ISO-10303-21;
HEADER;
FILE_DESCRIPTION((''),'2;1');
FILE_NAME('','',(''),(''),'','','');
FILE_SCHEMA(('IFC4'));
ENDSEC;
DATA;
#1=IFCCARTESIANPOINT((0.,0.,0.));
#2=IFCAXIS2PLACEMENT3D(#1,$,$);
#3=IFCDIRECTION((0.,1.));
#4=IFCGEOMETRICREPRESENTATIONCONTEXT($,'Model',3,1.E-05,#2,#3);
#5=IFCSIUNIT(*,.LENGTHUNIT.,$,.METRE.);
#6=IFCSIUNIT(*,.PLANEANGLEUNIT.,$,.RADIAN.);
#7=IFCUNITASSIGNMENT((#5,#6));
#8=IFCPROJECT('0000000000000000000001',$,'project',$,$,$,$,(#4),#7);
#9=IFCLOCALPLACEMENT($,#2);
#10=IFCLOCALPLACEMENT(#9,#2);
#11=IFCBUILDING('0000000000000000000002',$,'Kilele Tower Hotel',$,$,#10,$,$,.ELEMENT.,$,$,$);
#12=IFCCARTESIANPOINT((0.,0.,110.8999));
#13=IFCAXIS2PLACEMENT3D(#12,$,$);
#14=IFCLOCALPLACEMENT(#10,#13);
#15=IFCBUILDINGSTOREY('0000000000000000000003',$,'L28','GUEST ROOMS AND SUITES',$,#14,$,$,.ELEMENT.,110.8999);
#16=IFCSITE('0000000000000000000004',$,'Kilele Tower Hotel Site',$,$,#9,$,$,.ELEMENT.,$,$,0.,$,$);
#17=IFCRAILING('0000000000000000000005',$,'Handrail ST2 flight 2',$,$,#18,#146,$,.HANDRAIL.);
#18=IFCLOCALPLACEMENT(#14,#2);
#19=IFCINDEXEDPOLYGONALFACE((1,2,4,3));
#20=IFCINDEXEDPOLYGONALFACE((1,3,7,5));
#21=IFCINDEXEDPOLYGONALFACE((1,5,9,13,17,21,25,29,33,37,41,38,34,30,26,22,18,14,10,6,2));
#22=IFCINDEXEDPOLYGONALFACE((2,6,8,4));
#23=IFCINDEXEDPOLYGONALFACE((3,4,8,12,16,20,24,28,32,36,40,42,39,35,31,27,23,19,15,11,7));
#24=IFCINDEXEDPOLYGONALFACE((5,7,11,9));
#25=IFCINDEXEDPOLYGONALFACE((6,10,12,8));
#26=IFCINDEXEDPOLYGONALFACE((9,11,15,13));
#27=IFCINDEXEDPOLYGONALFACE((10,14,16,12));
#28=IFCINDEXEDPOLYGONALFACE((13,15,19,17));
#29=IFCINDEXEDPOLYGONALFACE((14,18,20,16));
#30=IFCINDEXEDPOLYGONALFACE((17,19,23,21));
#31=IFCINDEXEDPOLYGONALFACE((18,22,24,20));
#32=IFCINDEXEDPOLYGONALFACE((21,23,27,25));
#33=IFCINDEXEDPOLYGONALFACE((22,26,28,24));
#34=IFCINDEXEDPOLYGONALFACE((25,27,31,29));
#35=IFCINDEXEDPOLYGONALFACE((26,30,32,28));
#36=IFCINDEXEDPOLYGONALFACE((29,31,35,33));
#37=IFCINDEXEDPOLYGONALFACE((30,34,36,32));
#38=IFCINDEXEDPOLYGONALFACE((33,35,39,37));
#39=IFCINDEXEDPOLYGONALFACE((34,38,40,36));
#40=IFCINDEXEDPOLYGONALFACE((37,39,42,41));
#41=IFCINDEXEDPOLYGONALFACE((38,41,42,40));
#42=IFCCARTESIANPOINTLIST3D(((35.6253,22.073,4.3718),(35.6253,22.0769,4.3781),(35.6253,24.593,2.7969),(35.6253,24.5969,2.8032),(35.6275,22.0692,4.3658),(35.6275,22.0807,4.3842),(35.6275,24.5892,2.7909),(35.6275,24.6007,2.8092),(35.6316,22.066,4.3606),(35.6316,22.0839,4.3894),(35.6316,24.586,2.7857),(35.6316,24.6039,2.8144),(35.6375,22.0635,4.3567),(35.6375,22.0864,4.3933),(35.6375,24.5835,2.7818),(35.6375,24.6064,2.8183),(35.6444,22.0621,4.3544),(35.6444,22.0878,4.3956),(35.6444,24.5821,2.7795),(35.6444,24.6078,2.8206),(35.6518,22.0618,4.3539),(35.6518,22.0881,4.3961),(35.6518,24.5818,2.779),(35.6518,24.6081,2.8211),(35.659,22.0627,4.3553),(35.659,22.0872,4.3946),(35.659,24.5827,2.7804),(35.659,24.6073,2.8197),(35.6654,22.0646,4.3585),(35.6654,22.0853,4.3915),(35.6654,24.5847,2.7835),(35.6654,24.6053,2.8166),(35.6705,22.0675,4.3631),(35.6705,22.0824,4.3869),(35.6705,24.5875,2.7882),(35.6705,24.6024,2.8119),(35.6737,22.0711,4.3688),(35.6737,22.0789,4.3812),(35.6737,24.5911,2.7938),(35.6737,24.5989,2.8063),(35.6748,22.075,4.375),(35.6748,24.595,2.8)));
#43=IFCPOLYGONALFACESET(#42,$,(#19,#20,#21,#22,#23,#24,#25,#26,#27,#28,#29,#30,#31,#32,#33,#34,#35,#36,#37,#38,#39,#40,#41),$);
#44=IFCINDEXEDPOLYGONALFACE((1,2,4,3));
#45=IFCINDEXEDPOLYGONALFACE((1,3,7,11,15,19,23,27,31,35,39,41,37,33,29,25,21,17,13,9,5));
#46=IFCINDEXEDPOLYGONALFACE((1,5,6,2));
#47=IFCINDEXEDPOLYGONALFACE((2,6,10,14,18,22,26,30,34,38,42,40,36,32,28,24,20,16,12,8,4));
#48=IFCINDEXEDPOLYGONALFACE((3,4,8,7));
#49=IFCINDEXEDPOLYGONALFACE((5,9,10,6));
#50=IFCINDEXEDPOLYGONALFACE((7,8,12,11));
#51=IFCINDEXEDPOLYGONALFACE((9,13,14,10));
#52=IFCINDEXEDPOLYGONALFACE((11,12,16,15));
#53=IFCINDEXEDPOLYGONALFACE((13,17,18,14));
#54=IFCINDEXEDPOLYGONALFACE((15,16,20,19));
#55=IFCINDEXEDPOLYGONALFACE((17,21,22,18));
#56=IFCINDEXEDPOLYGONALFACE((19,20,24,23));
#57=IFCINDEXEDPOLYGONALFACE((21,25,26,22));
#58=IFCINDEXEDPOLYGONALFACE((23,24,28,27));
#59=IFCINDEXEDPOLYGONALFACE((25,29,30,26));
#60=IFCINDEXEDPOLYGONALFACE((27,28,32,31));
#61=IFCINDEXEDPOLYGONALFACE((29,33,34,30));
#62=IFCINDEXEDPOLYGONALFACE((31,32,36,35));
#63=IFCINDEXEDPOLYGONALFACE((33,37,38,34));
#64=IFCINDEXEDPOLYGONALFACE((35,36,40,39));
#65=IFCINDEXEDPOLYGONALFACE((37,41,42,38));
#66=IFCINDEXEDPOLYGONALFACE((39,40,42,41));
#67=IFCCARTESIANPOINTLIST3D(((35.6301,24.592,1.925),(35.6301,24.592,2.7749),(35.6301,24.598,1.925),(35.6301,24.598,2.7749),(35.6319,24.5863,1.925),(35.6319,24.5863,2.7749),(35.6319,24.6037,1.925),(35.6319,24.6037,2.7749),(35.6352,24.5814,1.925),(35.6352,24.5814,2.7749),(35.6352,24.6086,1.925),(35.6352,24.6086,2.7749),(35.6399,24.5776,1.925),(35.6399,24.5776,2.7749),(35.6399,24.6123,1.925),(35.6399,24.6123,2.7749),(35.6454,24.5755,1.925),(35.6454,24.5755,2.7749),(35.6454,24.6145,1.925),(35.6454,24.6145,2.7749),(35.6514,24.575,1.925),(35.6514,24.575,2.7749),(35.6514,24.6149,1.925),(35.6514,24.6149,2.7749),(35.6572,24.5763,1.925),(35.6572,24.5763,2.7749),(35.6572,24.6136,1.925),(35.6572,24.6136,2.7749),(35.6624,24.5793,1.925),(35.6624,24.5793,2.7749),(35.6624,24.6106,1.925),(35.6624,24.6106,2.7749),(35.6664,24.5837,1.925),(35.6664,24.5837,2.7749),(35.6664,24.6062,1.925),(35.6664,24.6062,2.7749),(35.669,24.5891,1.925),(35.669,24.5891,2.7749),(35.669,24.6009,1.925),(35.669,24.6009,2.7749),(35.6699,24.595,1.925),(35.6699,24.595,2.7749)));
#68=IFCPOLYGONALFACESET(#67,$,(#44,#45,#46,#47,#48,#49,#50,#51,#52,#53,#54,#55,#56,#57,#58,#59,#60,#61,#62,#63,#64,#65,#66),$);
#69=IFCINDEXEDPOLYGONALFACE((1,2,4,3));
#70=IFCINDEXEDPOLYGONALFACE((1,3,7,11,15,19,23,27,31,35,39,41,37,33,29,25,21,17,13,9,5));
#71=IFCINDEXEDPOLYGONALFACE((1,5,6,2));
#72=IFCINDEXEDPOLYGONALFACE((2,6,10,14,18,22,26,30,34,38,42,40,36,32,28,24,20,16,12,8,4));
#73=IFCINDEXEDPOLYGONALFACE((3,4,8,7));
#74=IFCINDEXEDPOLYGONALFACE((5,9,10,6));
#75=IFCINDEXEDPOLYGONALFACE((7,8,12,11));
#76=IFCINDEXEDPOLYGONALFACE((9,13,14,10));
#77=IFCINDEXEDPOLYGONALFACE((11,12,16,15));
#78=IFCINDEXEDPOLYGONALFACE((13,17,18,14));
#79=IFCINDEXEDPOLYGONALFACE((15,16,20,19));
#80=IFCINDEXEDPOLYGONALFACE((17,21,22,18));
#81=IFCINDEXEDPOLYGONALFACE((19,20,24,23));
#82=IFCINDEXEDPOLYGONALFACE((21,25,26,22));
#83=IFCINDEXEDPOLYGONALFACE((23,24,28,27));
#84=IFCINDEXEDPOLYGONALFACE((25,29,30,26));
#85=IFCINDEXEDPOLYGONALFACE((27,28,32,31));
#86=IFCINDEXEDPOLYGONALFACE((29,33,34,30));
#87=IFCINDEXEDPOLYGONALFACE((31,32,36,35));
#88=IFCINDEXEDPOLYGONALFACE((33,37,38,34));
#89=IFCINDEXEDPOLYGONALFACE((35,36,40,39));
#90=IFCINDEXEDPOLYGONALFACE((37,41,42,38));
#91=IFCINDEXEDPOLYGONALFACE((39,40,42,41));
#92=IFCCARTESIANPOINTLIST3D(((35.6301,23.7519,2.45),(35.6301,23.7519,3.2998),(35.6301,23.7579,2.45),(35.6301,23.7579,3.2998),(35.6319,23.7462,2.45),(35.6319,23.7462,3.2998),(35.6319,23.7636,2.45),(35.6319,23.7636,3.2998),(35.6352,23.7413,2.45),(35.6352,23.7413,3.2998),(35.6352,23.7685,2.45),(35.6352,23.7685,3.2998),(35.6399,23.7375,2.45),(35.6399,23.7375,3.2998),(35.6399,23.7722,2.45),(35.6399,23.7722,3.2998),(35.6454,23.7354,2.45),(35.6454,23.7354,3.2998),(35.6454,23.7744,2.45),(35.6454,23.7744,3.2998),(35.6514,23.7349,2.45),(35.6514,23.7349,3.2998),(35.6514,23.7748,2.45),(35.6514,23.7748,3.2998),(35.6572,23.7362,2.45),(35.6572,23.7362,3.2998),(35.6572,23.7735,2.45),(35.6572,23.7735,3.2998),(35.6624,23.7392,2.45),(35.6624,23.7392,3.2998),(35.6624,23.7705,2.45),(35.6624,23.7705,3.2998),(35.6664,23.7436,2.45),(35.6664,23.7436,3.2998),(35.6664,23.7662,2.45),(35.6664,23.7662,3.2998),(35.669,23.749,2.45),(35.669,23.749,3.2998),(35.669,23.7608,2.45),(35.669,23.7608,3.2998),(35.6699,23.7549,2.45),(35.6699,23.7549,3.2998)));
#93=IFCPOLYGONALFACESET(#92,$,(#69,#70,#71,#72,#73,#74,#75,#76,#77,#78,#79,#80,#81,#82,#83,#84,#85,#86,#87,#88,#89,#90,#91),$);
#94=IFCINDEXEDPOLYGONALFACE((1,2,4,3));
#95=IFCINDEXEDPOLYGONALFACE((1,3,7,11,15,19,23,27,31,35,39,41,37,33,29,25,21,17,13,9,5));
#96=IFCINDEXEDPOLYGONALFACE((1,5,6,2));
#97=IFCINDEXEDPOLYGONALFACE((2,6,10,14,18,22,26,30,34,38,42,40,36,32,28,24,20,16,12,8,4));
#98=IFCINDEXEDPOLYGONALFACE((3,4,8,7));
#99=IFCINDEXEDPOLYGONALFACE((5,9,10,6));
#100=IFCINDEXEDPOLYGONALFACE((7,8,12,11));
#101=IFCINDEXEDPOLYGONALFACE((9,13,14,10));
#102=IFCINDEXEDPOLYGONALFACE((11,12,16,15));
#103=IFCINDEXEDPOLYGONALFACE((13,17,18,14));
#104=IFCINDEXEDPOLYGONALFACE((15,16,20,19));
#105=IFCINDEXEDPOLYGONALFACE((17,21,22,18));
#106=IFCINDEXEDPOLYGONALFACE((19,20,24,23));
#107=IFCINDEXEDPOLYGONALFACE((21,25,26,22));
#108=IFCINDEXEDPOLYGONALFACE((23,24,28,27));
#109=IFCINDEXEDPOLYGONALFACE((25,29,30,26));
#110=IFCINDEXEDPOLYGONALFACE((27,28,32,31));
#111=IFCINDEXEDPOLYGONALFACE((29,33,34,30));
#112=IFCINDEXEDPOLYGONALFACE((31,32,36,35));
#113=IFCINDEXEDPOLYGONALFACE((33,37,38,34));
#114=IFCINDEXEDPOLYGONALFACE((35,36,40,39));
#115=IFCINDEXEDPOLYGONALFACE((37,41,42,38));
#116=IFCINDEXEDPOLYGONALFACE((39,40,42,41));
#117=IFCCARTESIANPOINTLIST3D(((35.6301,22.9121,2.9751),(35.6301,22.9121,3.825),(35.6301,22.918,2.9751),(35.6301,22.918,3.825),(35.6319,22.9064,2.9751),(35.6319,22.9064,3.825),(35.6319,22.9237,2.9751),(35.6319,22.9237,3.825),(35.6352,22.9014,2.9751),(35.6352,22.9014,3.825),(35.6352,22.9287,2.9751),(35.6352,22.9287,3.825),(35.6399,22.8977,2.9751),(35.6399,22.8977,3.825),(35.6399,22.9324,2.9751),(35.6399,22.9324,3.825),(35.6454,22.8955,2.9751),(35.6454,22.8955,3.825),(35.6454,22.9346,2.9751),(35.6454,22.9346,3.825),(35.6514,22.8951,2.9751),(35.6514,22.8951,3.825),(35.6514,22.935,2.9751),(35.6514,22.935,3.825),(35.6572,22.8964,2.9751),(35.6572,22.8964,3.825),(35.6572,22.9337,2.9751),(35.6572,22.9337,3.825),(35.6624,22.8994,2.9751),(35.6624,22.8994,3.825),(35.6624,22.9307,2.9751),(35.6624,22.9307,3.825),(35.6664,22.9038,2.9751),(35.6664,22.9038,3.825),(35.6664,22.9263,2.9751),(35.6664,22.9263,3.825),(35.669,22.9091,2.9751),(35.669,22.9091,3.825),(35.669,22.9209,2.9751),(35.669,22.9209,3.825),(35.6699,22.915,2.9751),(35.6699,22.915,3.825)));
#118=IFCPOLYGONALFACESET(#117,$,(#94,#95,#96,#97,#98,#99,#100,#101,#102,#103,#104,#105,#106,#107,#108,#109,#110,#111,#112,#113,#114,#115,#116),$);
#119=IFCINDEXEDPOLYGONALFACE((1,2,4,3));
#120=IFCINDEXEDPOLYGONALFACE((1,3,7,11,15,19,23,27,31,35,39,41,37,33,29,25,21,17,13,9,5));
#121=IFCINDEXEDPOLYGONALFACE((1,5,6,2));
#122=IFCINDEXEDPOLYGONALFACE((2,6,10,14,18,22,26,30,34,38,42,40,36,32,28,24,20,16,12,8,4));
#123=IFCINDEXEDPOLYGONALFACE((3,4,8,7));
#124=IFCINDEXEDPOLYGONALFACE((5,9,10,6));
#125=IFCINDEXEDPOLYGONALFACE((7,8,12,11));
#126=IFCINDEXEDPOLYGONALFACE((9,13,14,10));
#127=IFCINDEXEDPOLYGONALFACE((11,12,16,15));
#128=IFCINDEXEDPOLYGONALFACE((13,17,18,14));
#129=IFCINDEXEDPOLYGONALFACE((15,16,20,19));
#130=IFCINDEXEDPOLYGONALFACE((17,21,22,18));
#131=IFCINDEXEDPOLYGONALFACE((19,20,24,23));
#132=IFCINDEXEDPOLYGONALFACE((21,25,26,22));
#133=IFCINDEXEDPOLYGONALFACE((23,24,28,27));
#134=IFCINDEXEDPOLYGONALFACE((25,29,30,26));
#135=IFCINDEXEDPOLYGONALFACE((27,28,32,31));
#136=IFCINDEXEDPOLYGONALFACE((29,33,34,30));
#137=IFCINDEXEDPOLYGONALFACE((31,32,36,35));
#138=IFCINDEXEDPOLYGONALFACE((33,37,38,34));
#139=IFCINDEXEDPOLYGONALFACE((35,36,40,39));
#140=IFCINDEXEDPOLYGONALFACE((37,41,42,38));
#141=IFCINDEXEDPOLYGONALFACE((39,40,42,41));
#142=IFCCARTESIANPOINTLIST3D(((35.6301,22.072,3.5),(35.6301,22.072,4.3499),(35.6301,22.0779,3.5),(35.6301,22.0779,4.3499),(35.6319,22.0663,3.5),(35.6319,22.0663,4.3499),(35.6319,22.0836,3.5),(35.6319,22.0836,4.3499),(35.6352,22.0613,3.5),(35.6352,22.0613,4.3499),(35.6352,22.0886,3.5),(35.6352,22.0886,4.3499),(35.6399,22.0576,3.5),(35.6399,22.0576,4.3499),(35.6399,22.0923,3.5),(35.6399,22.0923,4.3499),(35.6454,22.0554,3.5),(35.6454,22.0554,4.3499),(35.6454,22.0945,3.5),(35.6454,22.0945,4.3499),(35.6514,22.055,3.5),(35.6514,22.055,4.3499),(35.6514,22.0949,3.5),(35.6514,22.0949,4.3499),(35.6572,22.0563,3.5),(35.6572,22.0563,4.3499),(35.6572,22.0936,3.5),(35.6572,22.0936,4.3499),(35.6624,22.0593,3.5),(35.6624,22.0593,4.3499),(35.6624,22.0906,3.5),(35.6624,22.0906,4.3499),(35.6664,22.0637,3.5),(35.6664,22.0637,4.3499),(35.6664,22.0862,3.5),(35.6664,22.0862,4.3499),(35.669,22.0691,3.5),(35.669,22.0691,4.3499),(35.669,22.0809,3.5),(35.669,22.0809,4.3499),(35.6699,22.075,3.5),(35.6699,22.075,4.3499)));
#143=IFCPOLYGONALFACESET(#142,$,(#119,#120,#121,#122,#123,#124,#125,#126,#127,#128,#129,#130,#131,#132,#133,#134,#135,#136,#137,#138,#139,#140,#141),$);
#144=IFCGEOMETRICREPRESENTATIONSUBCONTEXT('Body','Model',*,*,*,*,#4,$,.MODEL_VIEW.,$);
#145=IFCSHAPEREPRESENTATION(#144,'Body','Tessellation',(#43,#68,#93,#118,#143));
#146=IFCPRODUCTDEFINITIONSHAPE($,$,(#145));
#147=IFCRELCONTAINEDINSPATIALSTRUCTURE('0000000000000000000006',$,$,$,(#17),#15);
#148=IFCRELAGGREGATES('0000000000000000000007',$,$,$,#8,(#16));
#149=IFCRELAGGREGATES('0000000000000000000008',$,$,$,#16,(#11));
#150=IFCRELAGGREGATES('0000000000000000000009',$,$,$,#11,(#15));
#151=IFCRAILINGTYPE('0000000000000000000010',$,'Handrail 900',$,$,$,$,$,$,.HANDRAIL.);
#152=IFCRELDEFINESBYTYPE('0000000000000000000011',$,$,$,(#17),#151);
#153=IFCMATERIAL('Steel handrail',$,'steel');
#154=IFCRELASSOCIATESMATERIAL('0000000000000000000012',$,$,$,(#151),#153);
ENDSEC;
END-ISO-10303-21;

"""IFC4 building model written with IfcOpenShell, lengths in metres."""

from ifc_helpers import new_model, si_unit, direction, frame, origin, origin_2d, place, context, subcontext, project, spatial, circle, extrude, material, type_object, element, save


model = new_model("IFC4")

# Units and contexts
model_context = context("Model", 3, precision=1e-05, world=origin(), true_north=direction((0.0, 1.0)))
body_context = subcontext(model_context, "Body", "Model", "MODEL_VIEW")
ifc_project = project(units=[si_unit("LENGTHUNIT", "METRE"), si_unit("PLANEANGLEUNIT", "RADIAN")], contexts=[model_context])

# Site, building, storey
site_placement = place(None, origin())
site = spatial("IfcSite", under=ifc_project, at=site_placement, Name="Kilele Tower Hotel Site", CompositionType="ELEMENT", RefElevation=0.0)
building_placement = place(site_placement, origin())
building = spatial("IfcBuilding", under=site, at=building_placement, Name="Kilele Tower Hotel", CompositionType="ELEMENT")
storey_placement = place(building_placement, frame((0.0, 0.0, 110.8999)))
storey = spatial("IfcBuildingStorey", under=building, at=storey_placement, Name="L28", Description="GUEST ROOMS AND SUITES", CompositionType="ELEMENT", Elevation=110.8999)

# Railing
ifc_material_1 = material(Name="Steel handrail", Category="steel")
railing_type_1 = type_object("IfcRailingType", Name="Handrail 900", PredefinedType="HANDRAIL", material=ifc_material_1)
for number, where, name in (
    (1, (35.6499, 24.595, 1.925), "Handrail ST2 flight 2"),
):
    element("IfcRailing", number, at=place(storey_placement, frame(where)), inside=storey, type_object=railing_type_1, Name=name, PredefinedType="HANDRAIL", context=body_context, shape_type="SweptSolid", body=[
        extrude(circle(Radius=0.0249, at=origin_2d()), frame((0.0, 0.0, 0.875), z_axis=(0.0, -0.848008, 0.529984), x_axis=(1.0, 0.0, 0.0)), (0.0, 0.0, 1.0), 2.9717),
        extrude(circle(Radius=0.02, at=origin_2d()), origin(), (0.0, 0.0, 1.0), 0.8499),
        extrude(circle(Radius=0.02, at=origin_2d()), frame((0.0, -0.8401, 0.5249)), (0.0, 0.0, 1.0), 0.8499),
        extrude(circle(Radius=0.02, at=origin_2d()), frame((0.0, -1.6799, 1.05)), (0.0, 0.0, 1.0), 0.8499),
        extrude(circle(Radius=0.02, at=origin_2d()), frame((0.0, -2.52, 1.575)), (0.0, 0.0, 1.0), 0.8499),
    ])

save(model, "model.ifc")
